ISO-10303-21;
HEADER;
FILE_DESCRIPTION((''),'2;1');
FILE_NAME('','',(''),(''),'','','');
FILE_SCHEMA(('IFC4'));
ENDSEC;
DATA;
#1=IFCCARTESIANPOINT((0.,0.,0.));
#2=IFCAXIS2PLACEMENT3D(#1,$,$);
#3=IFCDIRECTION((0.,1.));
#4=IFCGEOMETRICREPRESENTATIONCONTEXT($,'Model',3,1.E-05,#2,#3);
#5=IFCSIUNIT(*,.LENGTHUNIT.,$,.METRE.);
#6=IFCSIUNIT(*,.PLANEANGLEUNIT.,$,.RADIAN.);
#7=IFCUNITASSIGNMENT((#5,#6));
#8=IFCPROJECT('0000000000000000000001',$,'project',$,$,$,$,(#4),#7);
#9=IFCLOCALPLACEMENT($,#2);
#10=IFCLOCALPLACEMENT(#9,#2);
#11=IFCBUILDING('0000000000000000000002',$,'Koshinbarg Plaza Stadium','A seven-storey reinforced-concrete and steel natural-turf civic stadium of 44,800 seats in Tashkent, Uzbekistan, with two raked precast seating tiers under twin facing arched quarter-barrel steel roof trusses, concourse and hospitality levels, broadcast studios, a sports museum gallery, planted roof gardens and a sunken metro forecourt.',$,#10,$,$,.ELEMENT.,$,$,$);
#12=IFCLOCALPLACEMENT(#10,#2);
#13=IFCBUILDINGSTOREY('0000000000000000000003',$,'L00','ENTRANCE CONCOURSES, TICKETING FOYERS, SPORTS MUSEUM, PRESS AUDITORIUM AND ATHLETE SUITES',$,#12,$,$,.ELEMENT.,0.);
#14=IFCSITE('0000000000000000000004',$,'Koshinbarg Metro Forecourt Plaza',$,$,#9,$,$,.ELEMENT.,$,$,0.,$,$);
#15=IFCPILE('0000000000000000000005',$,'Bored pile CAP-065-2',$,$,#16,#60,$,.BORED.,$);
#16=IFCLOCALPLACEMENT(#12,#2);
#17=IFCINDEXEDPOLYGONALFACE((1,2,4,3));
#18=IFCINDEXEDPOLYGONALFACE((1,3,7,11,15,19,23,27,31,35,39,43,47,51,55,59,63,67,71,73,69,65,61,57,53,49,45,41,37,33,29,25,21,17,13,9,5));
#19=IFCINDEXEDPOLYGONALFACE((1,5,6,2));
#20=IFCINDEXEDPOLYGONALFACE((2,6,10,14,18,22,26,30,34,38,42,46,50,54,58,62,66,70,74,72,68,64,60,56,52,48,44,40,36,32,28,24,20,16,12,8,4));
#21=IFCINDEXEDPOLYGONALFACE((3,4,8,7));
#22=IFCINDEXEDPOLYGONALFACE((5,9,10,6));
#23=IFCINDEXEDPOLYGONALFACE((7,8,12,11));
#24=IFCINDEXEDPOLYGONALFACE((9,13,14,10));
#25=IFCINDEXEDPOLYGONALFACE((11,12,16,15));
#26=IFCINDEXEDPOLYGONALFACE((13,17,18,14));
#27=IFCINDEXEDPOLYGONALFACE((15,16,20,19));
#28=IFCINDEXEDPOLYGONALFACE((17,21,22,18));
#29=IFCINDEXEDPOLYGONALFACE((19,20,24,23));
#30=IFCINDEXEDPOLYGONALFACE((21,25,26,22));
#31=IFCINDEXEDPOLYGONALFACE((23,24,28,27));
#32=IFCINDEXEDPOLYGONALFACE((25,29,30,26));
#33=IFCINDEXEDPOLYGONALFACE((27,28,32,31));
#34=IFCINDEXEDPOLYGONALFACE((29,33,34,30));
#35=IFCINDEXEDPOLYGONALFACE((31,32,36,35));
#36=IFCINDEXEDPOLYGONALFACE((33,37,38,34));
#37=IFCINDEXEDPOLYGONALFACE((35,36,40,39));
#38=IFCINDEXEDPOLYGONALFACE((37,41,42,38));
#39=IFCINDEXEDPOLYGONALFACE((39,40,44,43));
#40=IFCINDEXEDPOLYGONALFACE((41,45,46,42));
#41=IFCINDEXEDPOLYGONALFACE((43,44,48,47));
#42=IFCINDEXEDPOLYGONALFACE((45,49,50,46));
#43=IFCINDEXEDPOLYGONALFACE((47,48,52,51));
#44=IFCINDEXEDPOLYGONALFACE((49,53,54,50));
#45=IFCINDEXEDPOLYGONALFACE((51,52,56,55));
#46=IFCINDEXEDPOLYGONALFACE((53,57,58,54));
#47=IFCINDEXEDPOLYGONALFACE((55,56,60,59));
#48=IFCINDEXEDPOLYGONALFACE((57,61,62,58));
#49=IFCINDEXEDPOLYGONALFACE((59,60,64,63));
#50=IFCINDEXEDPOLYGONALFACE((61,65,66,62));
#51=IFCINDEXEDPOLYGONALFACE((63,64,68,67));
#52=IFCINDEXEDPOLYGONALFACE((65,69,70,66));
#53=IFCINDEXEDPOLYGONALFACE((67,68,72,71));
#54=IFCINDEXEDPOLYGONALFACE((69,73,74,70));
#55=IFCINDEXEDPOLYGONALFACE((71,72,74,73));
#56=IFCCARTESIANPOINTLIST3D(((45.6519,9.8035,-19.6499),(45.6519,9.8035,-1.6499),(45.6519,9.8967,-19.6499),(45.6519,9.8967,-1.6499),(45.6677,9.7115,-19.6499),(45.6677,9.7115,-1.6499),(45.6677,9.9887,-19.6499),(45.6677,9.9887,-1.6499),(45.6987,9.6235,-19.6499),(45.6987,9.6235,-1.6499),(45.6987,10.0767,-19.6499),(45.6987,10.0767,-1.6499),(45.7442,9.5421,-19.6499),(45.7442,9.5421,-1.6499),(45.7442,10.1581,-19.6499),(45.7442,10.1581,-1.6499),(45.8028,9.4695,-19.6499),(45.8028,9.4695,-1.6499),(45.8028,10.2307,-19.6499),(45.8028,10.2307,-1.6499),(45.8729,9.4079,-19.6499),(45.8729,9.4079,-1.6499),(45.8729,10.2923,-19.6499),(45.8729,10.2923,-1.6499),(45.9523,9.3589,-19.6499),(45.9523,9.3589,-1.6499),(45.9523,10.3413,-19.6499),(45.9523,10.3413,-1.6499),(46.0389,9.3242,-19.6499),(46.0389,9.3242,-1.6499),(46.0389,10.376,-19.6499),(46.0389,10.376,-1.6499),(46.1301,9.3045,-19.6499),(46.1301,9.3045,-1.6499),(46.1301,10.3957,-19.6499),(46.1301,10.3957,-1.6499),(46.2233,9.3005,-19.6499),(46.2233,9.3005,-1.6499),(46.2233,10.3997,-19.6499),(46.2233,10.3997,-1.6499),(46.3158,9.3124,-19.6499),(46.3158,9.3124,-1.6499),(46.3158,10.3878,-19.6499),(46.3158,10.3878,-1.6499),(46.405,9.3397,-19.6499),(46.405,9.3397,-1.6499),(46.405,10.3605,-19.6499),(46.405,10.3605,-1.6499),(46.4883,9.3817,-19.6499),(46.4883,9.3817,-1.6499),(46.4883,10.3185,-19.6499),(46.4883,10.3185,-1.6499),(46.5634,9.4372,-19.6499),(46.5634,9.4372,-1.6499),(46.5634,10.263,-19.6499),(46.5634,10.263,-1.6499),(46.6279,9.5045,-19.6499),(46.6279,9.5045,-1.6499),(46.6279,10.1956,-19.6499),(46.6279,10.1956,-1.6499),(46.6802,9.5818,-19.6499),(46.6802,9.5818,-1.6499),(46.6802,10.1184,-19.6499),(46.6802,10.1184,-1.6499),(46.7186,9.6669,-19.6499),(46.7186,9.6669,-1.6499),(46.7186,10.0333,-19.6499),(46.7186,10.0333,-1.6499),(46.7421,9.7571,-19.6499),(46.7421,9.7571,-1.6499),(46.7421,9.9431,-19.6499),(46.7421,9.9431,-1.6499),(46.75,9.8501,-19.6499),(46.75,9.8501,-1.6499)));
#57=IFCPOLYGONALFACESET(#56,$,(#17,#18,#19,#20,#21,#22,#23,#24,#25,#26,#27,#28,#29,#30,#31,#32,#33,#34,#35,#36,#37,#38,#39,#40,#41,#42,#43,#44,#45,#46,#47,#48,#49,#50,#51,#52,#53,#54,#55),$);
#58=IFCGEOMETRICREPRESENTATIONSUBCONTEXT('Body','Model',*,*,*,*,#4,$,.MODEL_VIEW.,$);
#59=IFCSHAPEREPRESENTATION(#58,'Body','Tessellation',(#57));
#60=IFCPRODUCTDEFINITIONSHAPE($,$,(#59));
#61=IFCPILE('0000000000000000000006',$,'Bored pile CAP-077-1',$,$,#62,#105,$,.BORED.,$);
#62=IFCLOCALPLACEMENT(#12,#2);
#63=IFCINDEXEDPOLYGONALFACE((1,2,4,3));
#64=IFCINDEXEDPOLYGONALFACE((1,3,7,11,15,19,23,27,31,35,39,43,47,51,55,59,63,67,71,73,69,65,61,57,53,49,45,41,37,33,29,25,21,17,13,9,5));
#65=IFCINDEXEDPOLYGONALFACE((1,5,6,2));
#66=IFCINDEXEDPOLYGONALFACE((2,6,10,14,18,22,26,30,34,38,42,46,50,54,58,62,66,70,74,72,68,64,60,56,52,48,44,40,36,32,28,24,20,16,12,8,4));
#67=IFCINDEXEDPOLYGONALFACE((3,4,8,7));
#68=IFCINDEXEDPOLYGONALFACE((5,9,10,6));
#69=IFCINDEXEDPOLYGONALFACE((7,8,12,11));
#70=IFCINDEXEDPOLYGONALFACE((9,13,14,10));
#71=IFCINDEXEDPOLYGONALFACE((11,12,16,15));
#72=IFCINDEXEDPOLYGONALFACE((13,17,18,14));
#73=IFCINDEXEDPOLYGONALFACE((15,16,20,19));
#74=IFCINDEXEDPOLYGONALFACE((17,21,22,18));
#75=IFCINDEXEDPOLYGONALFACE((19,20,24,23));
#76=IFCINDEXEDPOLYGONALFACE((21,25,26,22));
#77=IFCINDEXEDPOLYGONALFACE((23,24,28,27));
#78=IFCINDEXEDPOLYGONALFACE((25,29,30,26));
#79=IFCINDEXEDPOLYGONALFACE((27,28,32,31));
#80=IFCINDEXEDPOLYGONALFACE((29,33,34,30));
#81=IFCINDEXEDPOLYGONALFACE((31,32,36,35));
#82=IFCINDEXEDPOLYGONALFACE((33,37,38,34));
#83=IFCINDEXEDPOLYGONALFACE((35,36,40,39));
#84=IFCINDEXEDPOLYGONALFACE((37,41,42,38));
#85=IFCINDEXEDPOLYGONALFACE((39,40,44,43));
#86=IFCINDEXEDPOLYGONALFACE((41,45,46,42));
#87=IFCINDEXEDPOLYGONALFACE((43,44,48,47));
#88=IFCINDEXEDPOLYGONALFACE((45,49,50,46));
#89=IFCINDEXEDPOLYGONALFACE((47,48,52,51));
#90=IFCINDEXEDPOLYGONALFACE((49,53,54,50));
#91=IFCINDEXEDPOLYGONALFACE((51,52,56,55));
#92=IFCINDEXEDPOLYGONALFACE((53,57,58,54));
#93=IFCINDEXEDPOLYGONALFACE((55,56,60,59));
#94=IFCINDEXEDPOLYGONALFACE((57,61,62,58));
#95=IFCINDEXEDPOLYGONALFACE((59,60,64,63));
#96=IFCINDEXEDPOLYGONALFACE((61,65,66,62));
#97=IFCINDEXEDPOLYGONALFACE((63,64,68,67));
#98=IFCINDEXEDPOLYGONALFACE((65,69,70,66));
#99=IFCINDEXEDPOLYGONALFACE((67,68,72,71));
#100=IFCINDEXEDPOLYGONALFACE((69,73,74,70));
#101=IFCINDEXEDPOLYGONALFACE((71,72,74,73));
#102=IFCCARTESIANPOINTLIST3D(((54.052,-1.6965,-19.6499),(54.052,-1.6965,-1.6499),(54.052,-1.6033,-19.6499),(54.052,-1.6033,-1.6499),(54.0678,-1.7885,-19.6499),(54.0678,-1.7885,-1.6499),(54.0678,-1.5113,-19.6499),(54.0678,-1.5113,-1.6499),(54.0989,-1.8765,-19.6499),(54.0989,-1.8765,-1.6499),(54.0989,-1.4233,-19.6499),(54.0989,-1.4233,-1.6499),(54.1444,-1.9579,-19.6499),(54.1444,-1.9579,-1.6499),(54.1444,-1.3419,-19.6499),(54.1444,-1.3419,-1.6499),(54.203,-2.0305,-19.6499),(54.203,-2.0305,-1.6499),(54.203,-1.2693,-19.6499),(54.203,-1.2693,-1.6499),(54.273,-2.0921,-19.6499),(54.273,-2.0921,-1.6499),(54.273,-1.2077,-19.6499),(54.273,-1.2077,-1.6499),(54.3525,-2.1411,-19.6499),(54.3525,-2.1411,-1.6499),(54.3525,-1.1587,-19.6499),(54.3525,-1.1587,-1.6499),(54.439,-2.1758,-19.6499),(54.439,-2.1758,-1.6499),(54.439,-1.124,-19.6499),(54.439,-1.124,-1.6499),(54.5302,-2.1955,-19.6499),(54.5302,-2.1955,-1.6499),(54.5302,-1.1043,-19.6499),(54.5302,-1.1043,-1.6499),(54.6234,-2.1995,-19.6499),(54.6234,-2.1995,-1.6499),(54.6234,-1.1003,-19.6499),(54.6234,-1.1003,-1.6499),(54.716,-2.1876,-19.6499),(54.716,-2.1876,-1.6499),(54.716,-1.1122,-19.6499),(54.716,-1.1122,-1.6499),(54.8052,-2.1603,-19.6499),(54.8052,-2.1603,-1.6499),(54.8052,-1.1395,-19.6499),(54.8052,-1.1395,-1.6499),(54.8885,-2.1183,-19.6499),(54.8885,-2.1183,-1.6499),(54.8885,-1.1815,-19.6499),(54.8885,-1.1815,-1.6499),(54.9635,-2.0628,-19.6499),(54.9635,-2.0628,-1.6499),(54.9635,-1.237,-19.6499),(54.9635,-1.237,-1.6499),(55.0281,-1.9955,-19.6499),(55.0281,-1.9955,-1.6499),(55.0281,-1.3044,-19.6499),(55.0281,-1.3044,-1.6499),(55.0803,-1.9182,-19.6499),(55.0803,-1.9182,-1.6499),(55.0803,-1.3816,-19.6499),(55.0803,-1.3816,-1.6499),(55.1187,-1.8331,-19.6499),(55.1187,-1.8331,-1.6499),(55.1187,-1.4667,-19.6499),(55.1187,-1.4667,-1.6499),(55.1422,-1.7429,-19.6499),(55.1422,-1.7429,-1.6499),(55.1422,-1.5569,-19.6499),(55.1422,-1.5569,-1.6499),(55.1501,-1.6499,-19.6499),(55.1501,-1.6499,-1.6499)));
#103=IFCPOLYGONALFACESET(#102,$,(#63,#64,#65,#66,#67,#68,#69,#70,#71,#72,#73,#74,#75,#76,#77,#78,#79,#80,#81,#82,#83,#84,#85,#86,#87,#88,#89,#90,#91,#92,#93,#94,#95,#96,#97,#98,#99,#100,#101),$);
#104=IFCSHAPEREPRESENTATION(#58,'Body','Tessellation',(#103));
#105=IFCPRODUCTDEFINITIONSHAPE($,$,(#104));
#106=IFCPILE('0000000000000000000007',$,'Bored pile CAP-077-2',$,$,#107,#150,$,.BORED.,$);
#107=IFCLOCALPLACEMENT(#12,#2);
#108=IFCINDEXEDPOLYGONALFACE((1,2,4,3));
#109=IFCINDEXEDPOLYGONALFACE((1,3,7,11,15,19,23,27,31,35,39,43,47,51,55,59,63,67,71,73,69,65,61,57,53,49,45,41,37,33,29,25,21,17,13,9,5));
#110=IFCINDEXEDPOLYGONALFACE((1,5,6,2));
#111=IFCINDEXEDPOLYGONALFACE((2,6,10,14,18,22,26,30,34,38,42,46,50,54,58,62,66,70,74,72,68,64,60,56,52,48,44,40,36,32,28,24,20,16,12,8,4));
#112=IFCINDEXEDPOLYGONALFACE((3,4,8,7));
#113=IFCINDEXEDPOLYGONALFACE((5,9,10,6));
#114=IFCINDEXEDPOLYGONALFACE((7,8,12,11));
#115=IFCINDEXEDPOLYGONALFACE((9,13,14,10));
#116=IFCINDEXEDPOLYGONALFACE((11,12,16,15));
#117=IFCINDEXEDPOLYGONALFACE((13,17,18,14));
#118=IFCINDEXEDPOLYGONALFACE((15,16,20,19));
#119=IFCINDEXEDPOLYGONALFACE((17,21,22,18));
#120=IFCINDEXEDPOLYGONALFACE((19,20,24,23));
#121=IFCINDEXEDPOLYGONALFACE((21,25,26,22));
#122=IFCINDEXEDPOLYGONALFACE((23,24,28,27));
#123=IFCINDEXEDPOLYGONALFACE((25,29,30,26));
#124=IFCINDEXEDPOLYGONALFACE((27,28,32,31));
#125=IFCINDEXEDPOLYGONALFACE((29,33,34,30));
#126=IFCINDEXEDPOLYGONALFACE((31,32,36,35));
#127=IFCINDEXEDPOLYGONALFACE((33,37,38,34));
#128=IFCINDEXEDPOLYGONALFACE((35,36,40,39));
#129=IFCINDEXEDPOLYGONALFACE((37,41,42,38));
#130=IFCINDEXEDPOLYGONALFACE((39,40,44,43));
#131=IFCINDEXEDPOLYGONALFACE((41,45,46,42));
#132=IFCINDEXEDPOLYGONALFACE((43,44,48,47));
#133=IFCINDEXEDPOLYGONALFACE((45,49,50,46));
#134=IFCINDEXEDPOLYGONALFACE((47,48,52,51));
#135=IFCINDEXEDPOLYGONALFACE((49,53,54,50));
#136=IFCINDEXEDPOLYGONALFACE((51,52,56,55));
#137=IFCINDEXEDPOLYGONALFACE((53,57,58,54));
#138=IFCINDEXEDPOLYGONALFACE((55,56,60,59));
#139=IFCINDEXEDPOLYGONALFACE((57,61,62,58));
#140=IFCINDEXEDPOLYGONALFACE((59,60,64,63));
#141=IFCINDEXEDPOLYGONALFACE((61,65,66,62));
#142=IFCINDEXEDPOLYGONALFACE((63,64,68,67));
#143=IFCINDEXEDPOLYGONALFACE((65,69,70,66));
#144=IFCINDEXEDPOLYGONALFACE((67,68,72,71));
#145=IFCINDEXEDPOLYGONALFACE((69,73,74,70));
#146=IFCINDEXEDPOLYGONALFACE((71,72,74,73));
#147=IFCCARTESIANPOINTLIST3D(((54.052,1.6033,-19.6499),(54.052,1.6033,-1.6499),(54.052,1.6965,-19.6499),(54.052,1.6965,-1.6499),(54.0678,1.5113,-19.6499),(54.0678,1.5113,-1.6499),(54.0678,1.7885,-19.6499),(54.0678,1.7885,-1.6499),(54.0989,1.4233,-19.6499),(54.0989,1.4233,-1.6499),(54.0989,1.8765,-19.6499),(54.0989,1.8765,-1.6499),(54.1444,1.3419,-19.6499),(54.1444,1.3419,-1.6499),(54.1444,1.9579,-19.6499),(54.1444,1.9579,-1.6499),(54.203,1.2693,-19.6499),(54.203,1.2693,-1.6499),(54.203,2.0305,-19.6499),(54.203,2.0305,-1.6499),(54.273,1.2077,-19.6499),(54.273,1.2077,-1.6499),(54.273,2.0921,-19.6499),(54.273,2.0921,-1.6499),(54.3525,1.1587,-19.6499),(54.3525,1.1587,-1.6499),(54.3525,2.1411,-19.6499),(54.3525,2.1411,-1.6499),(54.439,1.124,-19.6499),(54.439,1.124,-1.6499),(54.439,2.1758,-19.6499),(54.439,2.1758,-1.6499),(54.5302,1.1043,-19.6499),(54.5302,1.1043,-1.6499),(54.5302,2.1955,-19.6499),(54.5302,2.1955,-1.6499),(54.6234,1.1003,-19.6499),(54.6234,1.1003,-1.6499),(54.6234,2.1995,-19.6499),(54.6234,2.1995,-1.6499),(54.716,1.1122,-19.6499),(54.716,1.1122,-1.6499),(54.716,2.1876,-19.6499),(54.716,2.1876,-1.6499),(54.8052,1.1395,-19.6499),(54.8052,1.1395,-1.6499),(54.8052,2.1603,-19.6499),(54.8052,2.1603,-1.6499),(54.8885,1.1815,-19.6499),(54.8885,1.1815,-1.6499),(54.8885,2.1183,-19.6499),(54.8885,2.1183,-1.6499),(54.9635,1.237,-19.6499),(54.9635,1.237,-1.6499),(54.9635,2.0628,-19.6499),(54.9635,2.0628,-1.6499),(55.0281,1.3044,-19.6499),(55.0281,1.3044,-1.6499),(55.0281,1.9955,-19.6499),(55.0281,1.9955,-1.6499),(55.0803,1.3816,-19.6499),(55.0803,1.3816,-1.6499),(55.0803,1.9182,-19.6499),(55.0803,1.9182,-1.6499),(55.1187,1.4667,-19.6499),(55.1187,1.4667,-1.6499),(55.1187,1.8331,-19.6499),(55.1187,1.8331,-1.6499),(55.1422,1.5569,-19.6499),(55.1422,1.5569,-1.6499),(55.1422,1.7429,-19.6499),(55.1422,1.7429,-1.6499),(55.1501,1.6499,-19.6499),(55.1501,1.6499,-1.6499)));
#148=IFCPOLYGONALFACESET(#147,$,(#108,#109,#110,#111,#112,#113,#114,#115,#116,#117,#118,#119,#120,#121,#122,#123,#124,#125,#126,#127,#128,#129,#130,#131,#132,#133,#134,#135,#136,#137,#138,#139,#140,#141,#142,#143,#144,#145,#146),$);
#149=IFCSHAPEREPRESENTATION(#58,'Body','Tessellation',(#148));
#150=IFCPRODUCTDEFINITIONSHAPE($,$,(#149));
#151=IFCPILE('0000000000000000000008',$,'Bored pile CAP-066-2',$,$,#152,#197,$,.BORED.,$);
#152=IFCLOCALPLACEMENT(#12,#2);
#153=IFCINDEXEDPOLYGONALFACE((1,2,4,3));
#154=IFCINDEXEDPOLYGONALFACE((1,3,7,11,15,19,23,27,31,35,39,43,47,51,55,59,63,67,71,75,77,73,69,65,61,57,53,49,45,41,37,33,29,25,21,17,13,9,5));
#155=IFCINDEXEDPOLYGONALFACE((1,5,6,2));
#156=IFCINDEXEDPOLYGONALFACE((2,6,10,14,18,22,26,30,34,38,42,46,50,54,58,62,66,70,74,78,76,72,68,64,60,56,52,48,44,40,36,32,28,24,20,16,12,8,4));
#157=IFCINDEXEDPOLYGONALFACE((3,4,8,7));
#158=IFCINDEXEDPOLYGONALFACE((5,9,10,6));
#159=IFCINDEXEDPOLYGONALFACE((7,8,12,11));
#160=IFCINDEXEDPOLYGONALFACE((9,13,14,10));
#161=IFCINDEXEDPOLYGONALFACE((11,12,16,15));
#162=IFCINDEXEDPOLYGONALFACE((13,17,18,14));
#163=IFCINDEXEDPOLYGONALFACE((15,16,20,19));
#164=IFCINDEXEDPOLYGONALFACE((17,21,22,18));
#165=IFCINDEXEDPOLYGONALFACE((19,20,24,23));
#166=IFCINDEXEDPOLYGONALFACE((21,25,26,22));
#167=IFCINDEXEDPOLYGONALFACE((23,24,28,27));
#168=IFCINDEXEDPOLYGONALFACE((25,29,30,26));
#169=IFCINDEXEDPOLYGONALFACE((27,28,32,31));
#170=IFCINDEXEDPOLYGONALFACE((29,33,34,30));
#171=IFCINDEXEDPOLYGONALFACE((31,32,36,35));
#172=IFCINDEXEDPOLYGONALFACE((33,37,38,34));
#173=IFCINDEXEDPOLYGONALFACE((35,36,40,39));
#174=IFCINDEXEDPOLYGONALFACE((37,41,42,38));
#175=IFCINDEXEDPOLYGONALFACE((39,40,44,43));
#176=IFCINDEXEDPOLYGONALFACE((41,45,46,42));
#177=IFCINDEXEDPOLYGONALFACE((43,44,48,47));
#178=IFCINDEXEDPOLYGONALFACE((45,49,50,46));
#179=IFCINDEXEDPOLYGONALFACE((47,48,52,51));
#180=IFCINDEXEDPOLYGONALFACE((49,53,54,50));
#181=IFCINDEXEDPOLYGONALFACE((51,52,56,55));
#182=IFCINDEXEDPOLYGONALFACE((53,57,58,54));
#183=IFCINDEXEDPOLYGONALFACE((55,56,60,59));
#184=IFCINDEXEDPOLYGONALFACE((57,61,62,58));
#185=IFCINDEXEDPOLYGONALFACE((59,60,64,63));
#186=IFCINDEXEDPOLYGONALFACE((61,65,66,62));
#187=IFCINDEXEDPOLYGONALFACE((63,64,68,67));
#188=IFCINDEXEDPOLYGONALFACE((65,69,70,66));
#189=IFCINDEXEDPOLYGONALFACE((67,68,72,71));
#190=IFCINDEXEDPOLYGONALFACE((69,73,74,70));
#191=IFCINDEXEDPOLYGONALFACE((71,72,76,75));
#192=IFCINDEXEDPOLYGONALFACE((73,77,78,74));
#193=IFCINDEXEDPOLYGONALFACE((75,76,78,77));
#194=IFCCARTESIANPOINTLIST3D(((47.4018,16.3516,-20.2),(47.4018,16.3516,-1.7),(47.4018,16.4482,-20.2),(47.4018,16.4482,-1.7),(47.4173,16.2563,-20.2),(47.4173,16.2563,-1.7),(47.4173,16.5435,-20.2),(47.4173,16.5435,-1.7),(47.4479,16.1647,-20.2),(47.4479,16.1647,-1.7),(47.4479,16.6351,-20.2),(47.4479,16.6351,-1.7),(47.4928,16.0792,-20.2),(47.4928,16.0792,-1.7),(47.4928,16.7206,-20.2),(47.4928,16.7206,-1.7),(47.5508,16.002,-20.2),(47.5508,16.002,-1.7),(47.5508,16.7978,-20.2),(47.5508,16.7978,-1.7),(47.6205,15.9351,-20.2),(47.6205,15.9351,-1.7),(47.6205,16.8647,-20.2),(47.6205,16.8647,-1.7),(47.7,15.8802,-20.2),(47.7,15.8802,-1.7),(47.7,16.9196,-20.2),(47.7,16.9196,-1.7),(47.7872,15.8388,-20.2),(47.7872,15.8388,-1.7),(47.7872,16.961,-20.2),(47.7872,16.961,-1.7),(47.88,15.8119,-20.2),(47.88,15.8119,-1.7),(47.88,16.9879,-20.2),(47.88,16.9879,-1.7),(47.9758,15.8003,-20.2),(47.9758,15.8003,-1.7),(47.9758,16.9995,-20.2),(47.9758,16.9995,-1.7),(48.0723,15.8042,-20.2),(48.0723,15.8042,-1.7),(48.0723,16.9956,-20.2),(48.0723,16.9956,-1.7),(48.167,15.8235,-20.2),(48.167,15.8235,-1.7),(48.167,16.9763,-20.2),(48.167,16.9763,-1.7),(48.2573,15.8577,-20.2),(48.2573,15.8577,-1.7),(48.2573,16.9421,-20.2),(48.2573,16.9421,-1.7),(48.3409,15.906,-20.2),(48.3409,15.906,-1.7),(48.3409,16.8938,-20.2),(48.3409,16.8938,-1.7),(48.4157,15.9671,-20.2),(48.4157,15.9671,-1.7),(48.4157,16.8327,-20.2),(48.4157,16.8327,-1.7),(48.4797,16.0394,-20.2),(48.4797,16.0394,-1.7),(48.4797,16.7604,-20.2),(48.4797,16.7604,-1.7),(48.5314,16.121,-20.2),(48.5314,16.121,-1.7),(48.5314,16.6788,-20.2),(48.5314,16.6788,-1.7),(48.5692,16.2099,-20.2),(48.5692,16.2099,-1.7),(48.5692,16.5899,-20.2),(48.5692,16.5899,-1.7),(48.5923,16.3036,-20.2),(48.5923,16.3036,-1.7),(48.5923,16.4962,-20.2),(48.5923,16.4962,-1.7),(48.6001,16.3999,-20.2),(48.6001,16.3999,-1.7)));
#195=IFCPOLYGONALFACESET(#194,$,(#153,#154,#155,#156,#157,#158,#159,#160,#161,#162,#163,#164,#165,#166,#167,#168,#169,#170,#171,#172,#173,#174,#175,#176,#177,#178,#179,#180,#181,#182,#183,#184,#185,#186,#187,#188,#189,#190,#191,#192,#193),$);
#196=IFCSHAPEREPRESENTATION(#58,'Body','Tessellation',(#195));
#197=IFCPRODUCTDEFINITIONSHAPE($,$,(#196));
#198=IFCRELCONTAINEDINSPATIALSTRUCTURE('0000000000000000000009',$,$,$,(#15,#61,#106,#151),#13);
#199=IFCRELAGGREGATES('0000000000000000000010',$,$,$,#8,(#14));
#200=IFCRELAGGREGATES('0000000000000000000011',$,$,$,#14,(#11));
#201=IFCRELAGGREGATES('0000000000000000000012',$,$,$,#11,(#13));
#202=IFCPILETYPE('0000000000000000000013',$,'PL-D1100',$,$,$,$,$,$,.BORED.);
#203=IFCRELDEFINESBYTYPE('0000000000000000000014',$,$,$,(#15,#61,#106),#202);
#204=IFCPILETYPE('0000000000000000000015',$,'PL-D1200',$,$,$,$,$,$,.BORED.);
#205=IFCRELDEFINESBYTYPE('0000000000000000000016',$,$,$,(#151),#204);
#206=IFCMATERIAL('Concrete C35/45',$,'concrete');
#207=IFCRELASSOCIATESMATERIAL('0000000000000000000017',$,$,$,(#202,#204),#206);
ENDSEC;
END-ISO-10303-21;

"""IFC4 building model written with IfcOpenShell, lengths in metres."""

from ifc_helpers import new_model, si_unit, direction, frame, origin, origin_2d, place, context, subcontext, project, spatial, circle, extrude, material, material_profile, profile_set, type_object, element, save


model = new_model("IFC4")

# Units and contexts
model_context = context("Model", 3, precision=1e-05, world=origin(), true_north=direction((0.0, 1.0)))
body_context = subcontext(model_context, "Body", "Model", "MODEL_VIEW")
ifc_project = project(units=[si_unit("LENGTHUNIT", "METRE"), si_unit("PLANEANGLEUNIT", "RADIAN")], contexts=[model_context])

# Site, building, storey
site_placement = place(None, origin())
site = spatial("IfcSite", under=ifc_project, at=site_placement, Name="Koshinbarg Metro Forecourt Plaza", CompositionType="ELEMENT", RefElevation=0.0)
building_placement = place(site_placement, origin())
building = spatial("IfcBuilding", under=site, at=building_placement, Name="Koshinbarg Plaza Stadium", Description="A seven-storey reinforced-concrete and steel natural-turf civic stadium of 44,800 seats in Tashkent, Uzbekistan, with two raked precast seating tiers under twin facing arched quarter-barrel steel roof trusses, concourse and hospitality levels, broadcast studios, a sports museum gallery, planted roof gardens and a sunken metro forecourt.", CompositionType="ELEMENT")
storey_placement = place(building_placement, origin())
storey = spatial("IfcBuildingStorey", under=building, at=storey_placement, Name="L00", Description="ENTRANCE CONCOURSES, TICKETING FOYERS, SPORTS MUSEUM, PRESS AUDITORIUM AND ATHLETE SUITES", CompositionType="ELEMENT", Elevation=0.0)

# Shared definitions
ifc_material_1 = material(Name="Concrete C35/45", Category="concrete")

# Piles
ifc_material_profile_1 = material_profile(ifc_material_1, circle(Radius=0.55, at=origin_2d()), Name="PILE D1100")
ifc_profile_set_1 = profile_set([ifc_material_profile_1], Name="Concrete C35/45")
pile_type_1 = type_object("IfcPileType", Name="PL-D1100", PredefinedType="BORED", material=ifc_profile_set_1)
for number, where, z_axis, x_axis, name in (
    (1, (46.2, 9.8501, -1.6499), (0.0, 0.0, -1.0), (1.0, 0.0, 0.0), "Bored pile CAP-065-2"),
    (2, (54.6001, -1.6499, -1.6499), (0.0, 0.0, -1.0), (1.0, 0.0, 0.0), "Bored pile CAP-077-1"),
    (3, (54.6001, 1.6499, -1.6499), (0.0, 0.0, -1.0), (1.0, 0.0, 0.0), "Bored pile CAP-077-2"),
):
    element("IfcPile", number, at=place(storey_placement, frame(where, z_axis=z_axis, x_axis=x_axis)), inside=storey, type_object=pile_type_1, Name=name, PredefinedType="BORED", context=body_context, shape_type="SweptSolid", body=[
        extrude(circle(Radius=0.55, at=origin_2d()), origin(), (0.0, 0.0, 1.0), 18.0),
    ])
ifc_material_profile_2 = material_profile(ifc_material_1, circle(Radius=0.6001, at=origin_2d()), Name="PILE D1200")
ifc_profile_set_2 = profile_set([ifc_material_profile_2], Name="Concrete C35/45")
pile_type_2 = type_object("IfcPileType", Name="PL-D1200", PredefinedType="BORED", material=ifc_profile_set_2)
for number, where, z_axis, x_axis, name in (
    (4, (48.0, 16.3999, -1.7), (0.0, 0.0, -1.0), (1.0, 0.0, 0.0), "Bored pile CAP-066-2"),
):
    element("IfcPile", number, at=place(storey_placement, frame(where, z_axis=z_axis, x_axis=x_axis)), inside=storey, type_object=pile_type_2, Name=name, PredefinedType="BORED", context=body_context, shape_type="SweptSolid", body=[
        extrude(circle(Radius=0.6001, at=origin_2d()), origin(), (0.0, 0.0, 1.0), 18.5),
    ])

save(model, "model.ifc")
